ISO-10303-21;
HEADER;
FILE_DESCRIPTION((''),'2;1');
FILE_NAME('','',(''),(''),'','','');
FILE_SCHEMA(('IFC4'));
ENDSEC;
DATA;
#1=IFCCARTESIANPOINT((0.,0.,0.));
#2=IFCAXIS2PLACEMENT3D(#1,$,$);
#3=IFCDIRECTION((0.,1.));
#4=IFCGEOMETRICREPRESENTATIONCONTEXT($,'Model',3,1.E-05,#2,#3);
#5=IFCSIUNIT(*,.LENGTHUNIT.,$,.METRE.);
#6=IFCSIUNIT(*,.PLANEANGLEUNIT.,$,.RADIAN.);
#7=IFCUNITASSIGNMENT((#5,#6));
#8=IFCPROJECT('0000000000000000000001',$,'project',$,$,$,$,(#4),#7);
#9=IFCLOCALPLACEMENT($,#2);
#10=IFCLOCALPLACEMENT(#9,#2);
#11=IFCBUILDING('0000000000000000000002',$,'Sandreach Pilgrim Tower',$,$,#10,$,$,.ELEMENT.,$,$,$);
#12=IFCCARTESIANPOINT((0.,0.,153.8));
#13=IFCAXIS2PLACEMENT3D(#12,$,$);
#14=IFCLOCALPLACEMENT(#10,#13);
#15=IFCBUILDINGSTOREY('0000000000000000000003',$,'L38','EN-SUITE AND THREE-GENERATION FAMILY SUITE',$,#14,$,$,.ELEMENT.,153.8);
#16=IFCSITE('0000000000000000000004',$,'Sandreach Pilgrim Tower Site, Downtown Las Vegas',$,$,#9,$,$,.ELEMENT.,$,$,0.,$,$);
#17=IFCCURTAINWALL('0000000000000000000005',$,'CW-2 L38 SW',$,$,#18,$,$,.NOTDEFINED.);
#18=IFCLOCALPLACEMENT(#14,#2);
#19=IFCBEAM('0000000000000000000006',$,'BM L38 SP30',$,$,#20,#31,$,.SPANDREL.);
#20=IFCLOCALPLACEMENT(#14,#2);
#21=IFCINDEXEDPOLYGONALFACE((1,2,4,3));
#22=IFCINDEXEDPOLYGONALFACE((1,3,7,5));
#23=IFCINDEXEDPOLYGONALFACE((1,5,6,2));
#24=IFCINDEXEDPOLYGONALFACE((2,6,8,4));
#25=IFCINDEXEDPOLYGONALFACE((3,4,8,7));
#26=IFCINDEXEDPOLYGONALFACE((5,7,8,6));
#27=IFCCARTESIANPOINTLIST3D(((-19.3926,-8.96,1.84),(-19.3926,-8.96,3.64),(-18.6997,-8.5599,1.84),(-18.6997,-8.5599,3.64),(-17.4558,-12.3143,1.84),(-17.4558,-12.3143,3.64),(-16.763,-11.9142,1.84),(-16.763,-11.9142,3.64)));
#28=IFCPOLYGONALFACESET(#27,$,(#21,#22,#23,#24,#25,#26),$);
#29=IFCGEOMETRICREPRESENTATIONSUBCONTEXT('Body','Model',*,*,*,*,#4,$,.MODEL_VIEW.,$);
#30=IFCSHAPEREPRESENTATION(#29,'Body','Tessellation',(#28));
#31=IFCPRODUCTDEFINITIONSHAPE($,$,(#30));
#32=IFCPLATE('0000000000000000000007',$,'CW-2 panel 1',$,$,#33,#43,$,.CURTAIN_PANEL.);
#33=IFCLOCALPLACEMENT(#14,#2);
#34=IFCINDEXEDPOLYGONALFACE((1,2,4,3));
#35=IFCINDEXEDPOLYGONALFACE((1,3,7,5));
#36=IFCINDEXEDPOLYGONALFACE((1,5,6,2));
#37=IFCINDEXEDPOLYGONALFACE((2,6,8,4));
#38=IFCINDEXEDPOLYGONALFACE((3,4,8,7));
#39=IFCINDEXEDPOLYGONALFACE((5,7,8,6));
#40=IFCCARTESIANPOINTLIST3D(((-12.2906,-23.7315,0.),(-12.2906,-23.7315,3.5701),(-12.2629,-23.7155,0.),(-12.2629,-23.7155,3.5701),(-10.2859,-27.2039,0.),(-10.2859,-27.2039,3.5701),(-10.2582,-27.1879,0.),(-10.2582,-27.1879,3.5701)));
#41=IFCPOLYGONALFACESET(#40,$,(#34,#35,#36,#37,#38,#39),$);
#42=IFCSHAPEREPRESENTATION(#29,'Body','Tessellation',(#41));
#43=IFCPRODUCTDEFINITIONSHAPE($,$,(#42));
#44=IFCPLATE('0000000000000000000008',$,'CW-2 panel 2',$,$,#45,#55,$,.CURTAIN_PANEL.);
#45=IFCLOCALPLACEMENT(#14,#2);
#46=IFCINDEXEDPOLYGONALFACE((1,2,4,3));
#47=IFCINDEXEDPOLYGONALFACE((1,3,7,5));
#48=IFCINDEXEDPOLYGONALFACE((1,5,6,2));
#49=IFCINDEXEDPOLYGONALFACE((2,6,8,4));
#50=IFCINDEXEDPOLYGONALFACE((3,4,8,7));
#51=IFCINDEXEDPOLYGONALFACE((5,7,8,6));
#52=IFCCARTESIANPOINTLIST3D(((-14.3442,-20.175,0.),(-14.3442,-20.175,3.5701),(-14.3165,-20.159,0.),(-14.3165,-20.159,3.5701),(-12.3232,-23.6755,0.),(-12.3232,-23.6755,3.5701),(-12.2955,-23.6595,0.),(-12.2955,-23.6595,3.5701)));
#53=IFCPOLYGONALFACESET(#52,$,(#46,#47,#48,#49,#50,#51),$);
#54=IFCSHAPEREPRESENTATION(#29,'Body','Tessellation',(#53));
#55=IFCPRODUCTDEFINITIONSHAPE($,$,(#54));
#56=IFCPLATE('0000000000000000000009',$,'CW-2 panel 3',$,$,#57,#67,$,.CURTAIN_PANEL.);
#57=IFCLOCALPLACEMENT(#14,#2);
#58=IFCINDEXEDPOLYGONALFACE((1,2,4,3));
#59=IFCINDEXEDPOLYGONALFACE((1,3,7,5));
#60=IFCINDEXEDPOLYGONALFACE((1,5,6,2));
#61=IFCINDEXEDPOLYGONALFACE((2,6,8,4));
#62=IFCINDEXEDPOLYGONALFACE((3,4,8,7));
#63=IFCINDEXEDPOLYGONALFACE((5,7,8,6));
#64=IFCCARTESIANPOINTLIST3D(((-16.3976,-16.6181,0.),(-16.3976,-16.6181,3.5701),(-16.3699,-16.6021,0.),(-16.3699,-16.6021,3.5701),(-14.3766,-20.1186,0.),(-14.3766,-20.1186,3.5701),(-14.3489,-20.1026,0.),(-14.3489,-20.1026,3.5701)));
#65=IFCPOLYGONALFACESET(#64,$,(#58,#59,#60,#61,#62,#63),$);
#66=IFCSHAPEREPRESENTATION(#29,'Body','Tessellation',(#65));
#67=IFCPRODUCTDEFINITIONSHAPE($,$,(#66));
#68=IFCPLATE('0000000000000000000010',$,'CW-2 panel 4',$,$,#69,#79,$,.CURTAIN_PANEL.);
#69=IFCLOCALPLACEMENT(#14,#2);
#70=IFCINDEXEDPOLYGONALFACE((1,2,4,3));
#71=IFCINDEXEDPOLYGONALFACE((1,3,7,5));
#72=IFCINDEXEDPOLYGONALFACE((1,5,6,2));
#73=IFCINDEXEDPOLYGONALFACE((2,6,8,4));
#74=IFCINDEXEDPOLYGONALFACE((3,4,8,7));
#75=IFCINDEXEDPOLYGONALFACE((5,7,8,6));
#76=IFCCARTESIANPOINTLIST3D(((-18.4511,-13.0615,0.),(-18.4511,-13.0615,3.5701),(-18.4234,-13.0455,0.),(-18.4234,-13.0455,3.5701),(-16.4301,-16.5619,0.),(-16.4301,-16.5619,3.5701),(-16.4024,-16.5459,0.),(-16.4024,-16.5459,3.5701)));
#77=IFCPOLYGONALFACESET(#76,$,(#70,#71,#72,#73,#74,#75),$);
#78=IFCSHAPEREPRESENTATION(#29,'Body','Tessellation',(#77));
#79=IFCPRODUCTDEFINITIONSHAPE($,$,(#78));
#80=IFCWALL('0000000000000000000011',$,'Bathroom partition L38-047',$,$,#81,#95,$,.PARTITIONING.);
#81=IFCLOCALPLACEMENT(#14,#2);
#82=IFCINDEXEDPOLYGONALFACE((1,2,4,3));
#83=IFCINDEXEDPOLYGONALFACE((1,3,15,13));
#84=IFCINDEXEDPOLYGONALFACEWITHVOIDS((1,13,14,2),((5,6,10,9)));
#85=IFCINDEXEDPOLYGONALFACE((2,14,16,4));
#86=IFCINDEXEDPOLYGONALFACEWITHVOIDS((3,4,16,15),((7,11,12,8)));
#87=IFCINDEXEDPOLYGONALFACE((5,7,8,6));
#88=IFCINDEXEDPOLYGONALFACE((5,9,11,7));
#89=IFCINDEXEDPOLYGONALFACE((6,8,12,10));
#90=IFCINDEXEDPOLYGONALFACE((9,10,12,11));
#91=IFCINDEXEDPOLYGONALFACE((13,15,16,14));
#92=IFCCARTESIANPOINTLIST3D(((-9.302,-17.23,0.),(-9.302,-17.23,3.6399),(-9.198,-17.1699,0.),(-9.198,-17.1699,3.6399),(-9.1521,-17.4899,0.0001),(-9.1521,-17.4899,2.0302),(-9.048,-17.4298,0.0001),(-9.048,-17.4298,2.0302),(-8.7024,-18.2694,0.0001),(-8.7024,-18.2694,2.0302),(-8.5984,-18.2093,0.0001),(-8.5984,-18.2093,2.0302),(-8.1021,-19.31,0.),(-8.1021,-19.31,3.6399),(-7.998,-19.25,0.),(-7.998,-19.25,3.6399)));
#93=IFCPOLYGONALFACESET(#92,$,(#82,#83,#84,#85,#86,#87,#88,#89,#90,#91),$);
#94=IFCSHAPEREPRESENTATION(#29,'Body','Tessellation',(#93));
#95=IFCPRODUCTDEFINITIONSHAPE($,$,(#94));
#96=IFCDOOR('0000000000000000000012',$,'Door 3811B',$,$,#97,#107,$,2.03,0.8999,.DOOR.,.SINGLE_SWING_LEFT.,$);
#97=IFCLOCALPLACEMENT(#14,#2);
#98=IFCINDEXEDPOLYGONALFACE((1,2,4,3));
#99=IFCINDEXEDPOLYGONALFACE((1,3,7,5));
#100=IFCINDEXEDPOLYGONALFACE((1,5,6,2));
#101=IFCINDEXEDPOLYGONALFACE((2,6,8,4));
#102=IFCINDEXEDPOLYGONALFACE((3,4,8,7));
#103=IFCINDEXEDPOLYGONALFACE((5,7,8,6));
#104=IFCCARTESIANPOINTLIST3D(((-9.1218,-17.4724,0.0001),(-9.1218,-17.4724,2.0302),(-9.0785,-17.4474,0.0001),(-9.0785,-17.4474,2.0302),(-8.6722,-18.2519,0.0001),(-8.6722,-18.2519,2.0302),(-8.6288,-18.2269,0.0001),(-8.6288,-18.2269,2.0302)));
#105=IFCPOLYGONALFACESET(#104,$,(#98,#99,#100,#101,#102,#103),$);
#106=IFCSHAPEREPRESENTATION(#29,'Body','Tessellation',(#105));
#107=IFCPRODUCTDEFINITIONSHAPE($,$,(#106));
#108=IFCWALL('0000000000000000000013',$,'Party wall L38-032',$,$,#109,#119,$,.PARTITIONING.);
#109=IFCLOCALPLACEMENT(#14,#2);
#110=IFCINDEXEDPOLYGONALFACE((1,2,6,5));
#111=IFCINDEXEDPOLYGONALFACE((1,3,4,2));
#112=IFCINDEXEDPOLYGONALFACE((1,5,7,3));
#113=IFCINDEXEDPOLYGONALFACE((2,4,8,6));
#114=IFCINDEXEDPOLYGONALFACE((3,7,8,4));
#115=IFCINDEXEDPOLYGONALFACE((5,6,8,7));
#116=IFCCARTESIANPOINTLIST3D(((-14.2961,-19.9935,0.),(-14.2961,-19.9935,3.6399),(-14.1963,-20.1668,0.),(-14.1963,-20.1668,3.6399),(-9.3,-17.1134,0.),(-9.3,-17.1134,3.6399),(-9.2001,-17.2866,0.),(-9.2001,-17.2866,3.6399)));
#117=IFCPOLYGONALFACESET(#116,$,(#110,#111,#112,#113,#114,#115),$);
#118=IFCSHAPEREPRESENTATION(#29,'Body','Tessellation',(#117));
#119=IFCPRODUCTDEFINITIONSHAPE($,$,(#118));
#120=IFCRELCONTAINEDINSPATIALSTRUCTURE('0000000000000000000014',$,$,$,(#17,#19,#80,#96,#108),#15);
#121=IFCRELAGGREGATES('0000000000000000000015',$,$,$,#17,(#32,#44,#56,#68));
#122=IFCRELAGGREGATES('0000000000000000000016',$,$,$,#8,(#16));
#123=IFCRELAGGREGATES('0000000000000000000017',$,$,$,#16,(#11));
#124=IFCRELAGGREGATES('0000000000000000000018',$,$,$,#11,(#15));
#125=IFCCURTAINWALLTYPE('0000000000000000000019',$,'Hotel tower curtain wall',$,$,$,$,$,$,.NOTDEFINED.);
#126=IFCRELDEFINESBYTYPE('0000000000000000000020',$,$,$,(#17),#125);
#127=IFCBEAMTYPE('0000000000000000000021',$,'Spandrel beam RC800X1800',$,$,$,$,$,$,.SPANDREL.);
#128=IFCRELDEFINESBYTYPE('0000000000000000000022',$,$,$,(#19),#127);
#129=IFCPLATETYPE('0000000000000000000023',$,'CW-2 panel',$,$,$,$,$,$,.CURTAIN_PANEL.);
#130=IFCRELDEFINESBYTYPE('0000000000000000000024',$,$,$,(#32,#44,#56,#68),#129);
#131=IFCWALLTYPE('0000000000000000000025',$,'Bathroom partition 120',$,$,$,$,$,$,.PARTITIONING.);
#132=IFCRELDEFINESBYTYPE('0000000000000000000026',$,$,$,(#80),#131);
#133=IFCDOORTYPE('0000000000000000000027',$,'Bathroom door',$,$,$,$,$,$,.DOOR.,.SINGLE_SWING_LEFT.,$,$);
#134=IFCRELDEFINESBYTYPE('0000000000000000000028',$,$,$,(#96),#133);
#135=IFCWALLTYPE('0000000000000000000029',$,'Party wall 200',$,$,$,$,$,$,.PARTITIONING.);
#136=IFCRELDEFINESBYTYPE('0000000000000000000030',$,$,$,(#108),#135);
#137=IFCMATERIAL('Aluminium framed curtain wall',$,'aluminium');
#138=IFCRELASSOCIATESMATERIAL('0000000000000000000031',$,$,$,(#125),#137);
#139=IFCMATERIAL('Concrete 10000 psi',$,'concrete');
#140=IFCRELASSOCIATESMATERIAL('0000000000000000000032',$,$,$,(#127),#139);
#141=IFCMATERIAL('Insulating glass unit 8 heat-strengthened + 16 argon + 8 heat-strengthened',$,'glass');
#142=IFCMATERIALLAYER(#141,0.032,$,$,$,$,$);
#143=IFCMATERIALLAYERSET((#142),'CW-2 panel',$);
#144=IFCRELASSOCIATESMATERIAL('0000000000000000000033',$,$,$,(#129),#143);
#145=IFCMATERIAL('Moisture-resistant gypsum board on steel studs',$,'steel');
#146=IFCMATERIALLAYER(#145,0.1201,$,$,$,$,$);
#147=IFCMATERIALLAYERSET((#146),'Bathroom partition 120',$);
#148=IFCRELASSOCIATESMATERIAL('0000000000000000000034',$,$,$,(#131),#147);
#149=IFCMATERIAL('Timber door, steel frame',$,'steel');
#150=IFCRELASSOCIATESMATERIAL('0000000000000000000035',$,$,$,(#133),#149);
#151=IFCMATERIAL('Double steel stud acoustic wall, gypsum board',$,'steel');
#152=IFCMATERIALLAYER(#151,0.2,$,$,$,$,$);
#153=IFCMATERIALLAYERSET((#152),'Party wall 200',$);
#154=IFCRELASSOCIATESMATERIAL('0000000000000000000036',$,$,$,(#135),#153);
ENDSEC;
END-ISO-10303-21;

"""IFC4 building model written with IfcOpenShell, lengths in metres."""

from ifc_helpers import new_model, si_unit, direction, frame, frame_2d, origin, origin_2d, place, context, subcontext, project, spatial, rectangle, extrude, material, layer, layer_set, material_profile, profile_set, type_object, element, fill, aggregate, save


model = new_model("IFC4")

# Units and contexts
model_context = context("Model", 3, precision=1e-05, world=origin(), true_north=direction((0.0, 1.0)))
body_context = subcontext(model_context, "Body", "Model", "MODEL_VIEW")
ifc_project = project(units=[si_unit("LENGTHUNIT", "METRE"), si_unit("PLANEANGLEUNIT", "RADIAN")], contexts=[model_context])

# Site, building, storey
site_placement = place(None, origin())
site = spatial("IfcSite", under=ifc_project, at=site_placement, Name="Sandreach Pilgrim Tower Site, Downtown Las Vegas", CompositionType="ELEMENT", RefElevation=0.0)
building_placement = place(site_placement, origin())
building = spatial("IfcBuilding", under=site, at=building_placement, Name="Sandreach Pilgrim Tower", CompositionType="ELEMENT")
storey_placement = place(building_placement, frame((0.0, 0.0, 153.8)))
storey = spatial("IfcBuildingStorey", under=building, at=storey_placement, Name="L38", Description="EN-SUITE AND THREE-GENERATION FAMILY SUITE", CompositionType="ELEMENT", Elevation=153.8)

# Curtain wall
ifc_material_1 = material(Name="Aluminium framed curtain wall", Category="aluminium")
curtain_wall_type = type_object("IfcCurtainWallType", Name="Hotel tower curtain wall", PredefinedType="NOTDEFINED", material=ifc_material_1)
curtain_wall_placement = place(storey_placement, origin())
curtain_wall = element("IfcCurtainWall", 1, at=curtain_wall_placement, inside=storey, type_object=curtain_wall_type, Name="CW-2 L38 SW", PredefinedType="NOTDEFINED")

# Beam
ifc_material_2 = material(Name="Concrete 10000 psi", Category="concrete")
ifc_material_profile_1 = material_profile(ifc_material_2, rectangle(XDim=0.8, YDim=1.8, at=origin_2d()), Name="RC800X1800")
ifc_profile_set_1 = profile_set([ifc_material_profile_1], Name="Concrete 10000 psi")
beam_type_1 = type_object("IfcBeamType", Name="Spandrel beam RC800X1800", PredefinedType="SPANDREL", material=ifc_profile_set_1)
for number, where, z_axis, x_axis, name in (
    (2, (-17.1094, -12.1143, 2.74), (-0.500037, 0.866004, 0.0), (-0.866004, -0.500037, 0.0), "BM L38 SP30"),
):
    element("IfcBeam", number, at=place(storey_placement, frame(where, z_axis=z_axis, x_axis=x_axis)), inside=storey, type_object=beam_type_1, Name=name, PredefinedType="SPANDREL", context=body_context, shape_type="SweptSolid", body=[
        extrude(rectangle(XDim=0.8, YDim=1.8, at=origin_2d()), origin(), (0.0, 0.0, 1.0), 3.8733),
    ])

# Plates
ifc_material_3 = material(Name="Insulating glass unit 8 heat-strengthened + 16 argon + 8 heat-strengthened", Category="glass")
ifc_layer_1 = layer(ifc_material_3, 0.032)
ifc_layer_set_1 = layer_set([ifc_layer_1], Name="CW-2 panel")
plate_type = type_object("IfcPlateType", Name="CW-2 panel", PredefinedType="CURTAIN_PANEL", material=ifc_layer_set_1)
plate_1_placement = place(storey_placement, frame((-11.2744, -25.4597, 0.0), z_axis=(0.0, 0.0, 1.0), x_axis=(-0.5, 0.866025, 0.0)))
plate_1 = element("IfcPlate", 3, at=plate_1_placement, type_object=plate_type, Name="CW-2 panel 1", PredefinedType="CURTAIN_PANEL", context=body_context, shape_type="SweptSolid", body=[
    extrude(rectangle(XDim=4.0095, YDim=0.032, at=origin_2d()), origin(), (0.0, 0.0, 1.0), 3.5701),
])
plate_2_placement = place(storey_placement, frame((-13.3198, -21.9172, 0.0), z_axis=(0.0, 0.0, 1.0), x_axis=(-0.5, 0.866025, 0.0)))
plate_2 = element("IfcPlate", 4, at=plate_2_placement, type_object=plate_type, Name="CW-2 panel 2", PredefinedType="CURTAIN_PANEL", context=body_context, shape_type="SweptSolid", body=[
    extrude(rectangle(XDim=4.042, YDim=0.032, at=origin_2d()), origin(), (0.0, 0.0, 1.0), 3.5701),
])
plate_3_placement = place(storey_placement, frame((-15.3733, -18.3604, 0.0), z_axis=(0.0, 0.0, 1.0), x_axis=(-0.5, 0.866025, 0.0)))
plate_3 = element("IfcPlate", 5, at=plate_3_placement, type_object=plate_type, Name="CW-2 panel 3", PredefinedType="CURTAIN_PANEL", context=body_context, shape_type="SweptSolid", body=[
    extrude(rectangle(XDim=4.042, YDim=0.032, at=origin_2d()), origin(), (0.0, 0.0, 1.0), 3.5701),
])
plate_4_placement = place(storey_placement, frame((-17.4268, -14.8037, 0.0), z_axis=(0.0, 0.0, 1.0), x_axis=(-0.5, 0.866025, 0.0)))
plate_4 = element("IfcPlate", 6, at=plate_4_placement, type_object=plate_type, Name="CW-2 panel 4", PredefinedType="CURTAIN_PANEL", context=body_context, shape_type="SweptSolid", body=[
    extrude(rectangle(XDim=4.042, YDim=0.032, at=origin_2d()), origin(), (0.0, 0.0, 1.0), 3.5701),
])
aggregate(curtain_wall, [plate_1, plate_2, plate_3, plate_4])

# Wall, opening, door
ifc_material_4 = material(Name="Moisture-resistant gypsum board on steel studs", Category="steel")
ifc_layer_2 = layer(ifc_material_4, 0.1201)
ifc_layer_set_2 = layer_set([ifc_layer_2], Name="Bathroom partition 120")
wall_type_1 = type_object("IfcWallType", Name="Bathroom partition 120", PredefinedType="PARTITIONING", material=ifc_layer_set_2)
wall_1_placement = place(storey_placement, frame((-9.25, -17.2, 0.0), z_axis=(0.0, 0.0, 1.0), x_axis=(0.499693, -0.866203, 0.0)))
wall_1 = element("IfcWall", 7, at=wall_1_placement, inside=storey, type_object=wall_type_1, Name="Bathroom partition L38-047", PredefinedType="PARTITIONING", context=body_context, shape_type="SweptSolid", body=[
    extrude(rectangle(XDim=2.4014, YDim=0.1201, at=frame_2d((1.2007, 0.0))), origin(), (0.0, 0.0, 1.0), 3.6399),
])
opening_placement = place(wall_1_placement, frame((0.3, 0.0, 0.0)))
opening = element("IfcOpeningElement", 8, at=opening_placement, cuts=wall_1, PredefinedType="OPENING", context=body_context, shape_type="SweptSolid", body=[
    extrude(rectangle(XDim=0.8999, YDim=2.03, at=frame_2d((0.45, 1.0151))), frame((0.0, 0.0601, 0.0), z_axis=(0.0, -1.0, 0.0), x_axis=(1.0, 0.0, 0.0)), (0.0, 0.0, 1.0), 0.1201),
])
ifc_material_5 = material(Name="Timber door, steel frame", Category="steel")
door_type = type_object("IfcDoorType", Name="Bathroom door", OperationType="SINGLE_SWING_LEFT", PredefinedType="DOOR", material=ifc_material_5)
door_placement = place(opening_placement, origin())
door = element("IfcDoor", 9, at=door_placement, inside=storey, type_object=door_type, Name="Door 3811B", OperationType="SINGLE_SWING_LEFT", OverallHeight=2.03, OverallWidth=0.8999, PredefinedType="DOOR", context=body_context, shape_type="SweptSolid", body=[
    extrude(rectangle(XDim=0.8999, YDim=2.03, at=frame_2d((0.45, 1.0151))), frame((0.0, 0.0249, 0.0), z_axis=(0.0, -1.0, 0.0), x_axis=(1.0, 0.0, 0.0)), (0.0, 0.0, 1.0), 0.05),
])
fill(opening, door)

# Wall
ifc_material_6 = material(Name="Double steel stud acoustic wall, gypsum board", Category="steel")
ifc_layer_3 = layer(ifc_material_6, 0.2)
ifc_layer_set_3 = layer_set([ifc_layer_3], Name="Party wall 200")
wall_type_2 = type_object("IfcWallType", Name="Party wall 200", PredefinedType="PARTITIONING", material=ifc_layer_set_3)
wall_2_placement = place(storey_placement, frame((-14.2461, -20.0801, 0.0), z_axis=(0.0, 0.0, 1.0), x_axis=(0.866353, 0.499432, 0.0)))
element("IfcWall", 10, at=wall_2_placement, inside=storey, type_object=wall_type_2, Name="Party wall L38-032", PredefinedType="PARTITIONING", context=body_context, shape_type="SweptSolid", body=[
    extrude(rectangle(XDim=5.7668, YDim=0.2, at=frame_2d((2.8833, 0.0))), origin(), (0.0, 0.0, 1.0), 3.6399),
])

save(model, "model.ifc")
